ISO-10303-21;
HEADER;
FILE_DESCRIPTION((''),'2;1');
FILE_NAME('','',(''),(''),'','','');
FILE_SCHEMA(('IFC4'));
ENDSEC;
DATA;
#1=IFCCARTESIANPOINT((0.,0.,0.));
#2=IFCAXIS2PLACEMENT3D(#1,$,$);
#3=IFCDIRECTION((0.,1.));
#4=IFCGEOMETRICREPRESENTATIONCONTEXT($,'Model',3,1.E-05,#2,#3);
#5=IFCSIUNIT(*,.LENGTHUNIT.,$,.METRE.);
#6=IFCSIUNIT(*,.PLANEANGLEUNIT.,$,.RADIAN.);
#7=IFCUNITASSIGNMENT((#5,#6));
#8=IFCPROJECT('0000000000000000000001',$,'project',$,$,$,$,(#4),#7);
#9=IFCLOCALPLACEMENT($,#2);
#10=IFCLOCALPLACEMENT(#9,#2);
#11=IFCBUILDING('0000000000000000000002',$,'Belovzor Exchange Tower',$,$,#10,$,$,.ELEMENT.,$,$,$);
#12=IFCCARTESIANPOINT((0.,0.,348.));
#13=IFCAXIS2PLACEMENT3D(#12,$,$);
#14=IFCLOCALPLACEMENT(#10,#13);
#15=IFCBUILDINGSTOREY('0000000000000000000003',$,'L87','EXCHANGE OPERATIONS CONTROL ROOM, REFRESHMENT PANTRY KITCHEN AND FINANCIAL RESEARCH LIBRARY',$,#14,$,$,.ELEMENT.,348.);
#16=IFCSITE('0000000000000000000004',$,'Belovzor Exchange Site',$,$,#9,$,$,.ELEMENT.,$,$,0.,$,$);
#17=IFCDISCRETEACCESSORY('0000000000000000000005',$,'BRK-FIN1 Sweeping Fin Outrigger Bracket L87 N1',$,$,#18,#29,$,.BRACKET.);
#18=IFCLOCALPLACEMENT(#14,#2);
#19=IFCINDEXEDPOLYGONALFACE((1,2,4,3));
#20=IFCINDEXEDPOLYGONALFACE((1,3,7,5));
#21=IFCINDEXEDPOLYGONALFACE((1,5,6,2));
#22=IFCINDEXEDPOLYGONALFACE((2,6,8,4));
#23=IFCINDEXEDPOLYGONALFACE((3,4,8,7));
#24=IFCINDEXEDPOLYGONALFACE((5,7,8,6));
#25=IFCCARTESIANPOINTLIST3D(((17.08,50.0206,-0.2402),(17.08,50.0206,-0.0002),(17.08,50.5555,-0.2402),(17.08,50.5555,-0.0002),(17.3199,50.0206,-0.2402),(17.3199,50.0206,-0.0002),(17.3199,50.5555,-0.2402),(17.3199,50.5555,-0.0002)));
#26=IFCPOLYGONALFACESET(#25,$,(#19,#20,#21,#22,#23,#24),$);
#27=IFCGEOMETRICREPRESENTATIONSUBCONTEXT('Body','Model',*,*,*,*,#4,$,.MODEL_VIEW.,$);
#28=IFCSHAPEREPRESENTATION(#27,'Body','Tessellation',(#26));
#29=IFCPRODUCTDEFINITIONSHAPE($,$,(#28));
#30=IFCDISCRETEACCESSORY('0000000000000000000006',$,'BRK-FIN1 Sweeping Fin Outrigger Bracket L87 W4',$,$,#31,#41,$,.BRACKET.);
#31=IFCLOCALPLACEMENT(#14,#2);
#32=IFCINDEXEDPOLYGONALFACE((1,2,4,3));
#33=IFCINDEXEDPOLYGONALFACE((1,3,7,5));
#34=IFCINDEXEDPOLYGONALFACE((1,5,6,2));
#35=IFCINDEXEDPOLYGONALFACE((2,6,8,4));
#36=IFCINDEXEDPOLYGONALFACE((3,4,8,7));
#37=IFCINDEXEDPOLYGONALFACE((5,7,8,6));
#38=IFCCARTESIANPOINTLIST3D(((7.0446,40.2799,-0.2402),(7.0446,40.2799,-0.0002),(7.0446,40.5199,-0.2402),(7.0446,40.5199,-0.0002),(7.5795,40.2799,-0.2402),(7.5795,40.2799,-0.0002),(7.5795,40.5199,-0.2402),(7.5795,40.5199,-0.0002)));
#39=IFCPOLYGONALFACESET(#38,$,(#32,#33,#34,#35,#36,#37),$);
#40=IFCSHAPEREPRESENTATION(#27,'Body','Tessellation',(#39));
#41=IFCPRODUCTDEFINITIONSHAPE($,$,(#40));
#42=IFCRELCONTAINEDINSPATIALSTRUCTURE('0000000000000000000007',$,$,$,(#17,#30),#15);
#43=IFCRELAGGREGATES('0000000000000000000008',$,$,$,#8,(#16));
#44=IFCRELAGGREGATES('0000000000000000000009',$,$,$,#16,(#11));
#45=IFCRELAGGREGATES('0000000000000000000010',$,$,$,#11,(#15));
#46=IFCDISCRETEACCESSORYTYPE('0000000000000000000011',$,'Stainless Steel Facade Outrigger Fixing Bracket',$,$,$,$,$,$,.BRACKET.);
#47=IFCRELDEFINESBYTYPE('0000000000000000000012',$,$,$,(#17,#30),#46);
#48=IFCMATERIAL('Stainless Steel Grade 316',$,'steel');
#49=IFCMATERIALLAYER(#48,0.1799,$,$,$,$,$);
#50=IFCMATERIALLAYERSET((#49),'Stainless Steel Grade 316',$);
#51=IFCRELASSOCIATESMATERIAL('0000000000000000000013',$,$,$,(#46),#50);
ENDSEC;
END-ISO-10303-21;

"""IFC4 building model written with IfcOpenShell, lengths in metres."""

from ifc_helpers import new_model, si_unit, direction, frame, origin, origin_2d, place, context, subcontext, project, spatial, rectangle, extrude, material, layer, layer_set, type_object, element, save


model = new_model("IFC4")

# Units and contexts
model_context = context("Model", 3, precision=1e-05, world=origin(), true_north=direction((0.0, 1.0)))
body_context = subcontext(model_context, "Body", "Model", "MODEL_VIEW")
ifc_project = project(units=[si_unit("LENGTHUNIT", "METRE"), si_unit("PLANEANGLEUNIT", "RADIAN")], contexts=[model_context])

# Site, building, storey
site_placement = place(None, origin())
site = spatial("IfcSite", under=ifc_project, at=site_placement, Name="Belovzor Exchange Site", CompositionType="ELEMENT", RefElevation=0.0)
building_placement = place(site_placement, origin())
building = spatial("IfcBuilding", under=site, at=building_placement, Name="Belovzor Exchange Tower", CompositionType="ELEMENT")
storey_placement = place(building_placement, frame((0.0, 0.0, 348.0)))
storey = spatial("IfcBuildingStorey", under=building, at=storey_placement, Name="L87", Description="EXCHANGE OPERATIONS CONTROL ROOM, REFRESHMENT PANTRY KITCHEN AND FINANCIAL RESEARCH LIBRARY", CompositionType="ELEMENT", Elevation=348.0)

# Discrete accessories
ifc_material_1 = material(Name="Stainless Steel Grade 316", Category="steel")
ifc_layer_1 = layer(ifc_material_1, 0.1799)
ifc_layer_set_1 = layer_set([ifc_layer_1], Name="Stainless Steel Grade 316")
discrete_accessory_type = type_object("IfcDiscreteAccessoryType", Name="Stainless Steel Facade Outrigger Fixing Bracket", PredefinedType="BRACKET", material=ifc_layer_set_1)
for number, where, z_axis, x_axis, name in (
    (1, (17.2, 50.2881, -0.2402), (0.0, 0.0, 1.0), (0.0, 1.0, 0.0), "BRK-FIN1 Sweeping Fin Outrigger Bracket L87 N1"),
    (2, (7.312, 40.3999, -0.2402), (0.0, 0.0, 1.0), (1.0, 0.0, 0.0), "BRK-FIN1 Sweeping Fin Outrigger Bracket L87 W4"),
):
    element("IfcDiscreteAccessory", number, at=place(storey_placement, frame(where, z_axis=z_axis, x_axis=x_axis)), inside=storey, type_object=discrete_accessory_type, Name=name, PredefinedType="BRACKET", context=body_context, shape_type="SweptSolid", body=[
        extrude(rectangle(XDim=0.5349, YDim=0.24, at=origin_2d()), origin(), (0.0, 0.0, 1.0), 0.24),
    ])

save(model, "model.ifc")
